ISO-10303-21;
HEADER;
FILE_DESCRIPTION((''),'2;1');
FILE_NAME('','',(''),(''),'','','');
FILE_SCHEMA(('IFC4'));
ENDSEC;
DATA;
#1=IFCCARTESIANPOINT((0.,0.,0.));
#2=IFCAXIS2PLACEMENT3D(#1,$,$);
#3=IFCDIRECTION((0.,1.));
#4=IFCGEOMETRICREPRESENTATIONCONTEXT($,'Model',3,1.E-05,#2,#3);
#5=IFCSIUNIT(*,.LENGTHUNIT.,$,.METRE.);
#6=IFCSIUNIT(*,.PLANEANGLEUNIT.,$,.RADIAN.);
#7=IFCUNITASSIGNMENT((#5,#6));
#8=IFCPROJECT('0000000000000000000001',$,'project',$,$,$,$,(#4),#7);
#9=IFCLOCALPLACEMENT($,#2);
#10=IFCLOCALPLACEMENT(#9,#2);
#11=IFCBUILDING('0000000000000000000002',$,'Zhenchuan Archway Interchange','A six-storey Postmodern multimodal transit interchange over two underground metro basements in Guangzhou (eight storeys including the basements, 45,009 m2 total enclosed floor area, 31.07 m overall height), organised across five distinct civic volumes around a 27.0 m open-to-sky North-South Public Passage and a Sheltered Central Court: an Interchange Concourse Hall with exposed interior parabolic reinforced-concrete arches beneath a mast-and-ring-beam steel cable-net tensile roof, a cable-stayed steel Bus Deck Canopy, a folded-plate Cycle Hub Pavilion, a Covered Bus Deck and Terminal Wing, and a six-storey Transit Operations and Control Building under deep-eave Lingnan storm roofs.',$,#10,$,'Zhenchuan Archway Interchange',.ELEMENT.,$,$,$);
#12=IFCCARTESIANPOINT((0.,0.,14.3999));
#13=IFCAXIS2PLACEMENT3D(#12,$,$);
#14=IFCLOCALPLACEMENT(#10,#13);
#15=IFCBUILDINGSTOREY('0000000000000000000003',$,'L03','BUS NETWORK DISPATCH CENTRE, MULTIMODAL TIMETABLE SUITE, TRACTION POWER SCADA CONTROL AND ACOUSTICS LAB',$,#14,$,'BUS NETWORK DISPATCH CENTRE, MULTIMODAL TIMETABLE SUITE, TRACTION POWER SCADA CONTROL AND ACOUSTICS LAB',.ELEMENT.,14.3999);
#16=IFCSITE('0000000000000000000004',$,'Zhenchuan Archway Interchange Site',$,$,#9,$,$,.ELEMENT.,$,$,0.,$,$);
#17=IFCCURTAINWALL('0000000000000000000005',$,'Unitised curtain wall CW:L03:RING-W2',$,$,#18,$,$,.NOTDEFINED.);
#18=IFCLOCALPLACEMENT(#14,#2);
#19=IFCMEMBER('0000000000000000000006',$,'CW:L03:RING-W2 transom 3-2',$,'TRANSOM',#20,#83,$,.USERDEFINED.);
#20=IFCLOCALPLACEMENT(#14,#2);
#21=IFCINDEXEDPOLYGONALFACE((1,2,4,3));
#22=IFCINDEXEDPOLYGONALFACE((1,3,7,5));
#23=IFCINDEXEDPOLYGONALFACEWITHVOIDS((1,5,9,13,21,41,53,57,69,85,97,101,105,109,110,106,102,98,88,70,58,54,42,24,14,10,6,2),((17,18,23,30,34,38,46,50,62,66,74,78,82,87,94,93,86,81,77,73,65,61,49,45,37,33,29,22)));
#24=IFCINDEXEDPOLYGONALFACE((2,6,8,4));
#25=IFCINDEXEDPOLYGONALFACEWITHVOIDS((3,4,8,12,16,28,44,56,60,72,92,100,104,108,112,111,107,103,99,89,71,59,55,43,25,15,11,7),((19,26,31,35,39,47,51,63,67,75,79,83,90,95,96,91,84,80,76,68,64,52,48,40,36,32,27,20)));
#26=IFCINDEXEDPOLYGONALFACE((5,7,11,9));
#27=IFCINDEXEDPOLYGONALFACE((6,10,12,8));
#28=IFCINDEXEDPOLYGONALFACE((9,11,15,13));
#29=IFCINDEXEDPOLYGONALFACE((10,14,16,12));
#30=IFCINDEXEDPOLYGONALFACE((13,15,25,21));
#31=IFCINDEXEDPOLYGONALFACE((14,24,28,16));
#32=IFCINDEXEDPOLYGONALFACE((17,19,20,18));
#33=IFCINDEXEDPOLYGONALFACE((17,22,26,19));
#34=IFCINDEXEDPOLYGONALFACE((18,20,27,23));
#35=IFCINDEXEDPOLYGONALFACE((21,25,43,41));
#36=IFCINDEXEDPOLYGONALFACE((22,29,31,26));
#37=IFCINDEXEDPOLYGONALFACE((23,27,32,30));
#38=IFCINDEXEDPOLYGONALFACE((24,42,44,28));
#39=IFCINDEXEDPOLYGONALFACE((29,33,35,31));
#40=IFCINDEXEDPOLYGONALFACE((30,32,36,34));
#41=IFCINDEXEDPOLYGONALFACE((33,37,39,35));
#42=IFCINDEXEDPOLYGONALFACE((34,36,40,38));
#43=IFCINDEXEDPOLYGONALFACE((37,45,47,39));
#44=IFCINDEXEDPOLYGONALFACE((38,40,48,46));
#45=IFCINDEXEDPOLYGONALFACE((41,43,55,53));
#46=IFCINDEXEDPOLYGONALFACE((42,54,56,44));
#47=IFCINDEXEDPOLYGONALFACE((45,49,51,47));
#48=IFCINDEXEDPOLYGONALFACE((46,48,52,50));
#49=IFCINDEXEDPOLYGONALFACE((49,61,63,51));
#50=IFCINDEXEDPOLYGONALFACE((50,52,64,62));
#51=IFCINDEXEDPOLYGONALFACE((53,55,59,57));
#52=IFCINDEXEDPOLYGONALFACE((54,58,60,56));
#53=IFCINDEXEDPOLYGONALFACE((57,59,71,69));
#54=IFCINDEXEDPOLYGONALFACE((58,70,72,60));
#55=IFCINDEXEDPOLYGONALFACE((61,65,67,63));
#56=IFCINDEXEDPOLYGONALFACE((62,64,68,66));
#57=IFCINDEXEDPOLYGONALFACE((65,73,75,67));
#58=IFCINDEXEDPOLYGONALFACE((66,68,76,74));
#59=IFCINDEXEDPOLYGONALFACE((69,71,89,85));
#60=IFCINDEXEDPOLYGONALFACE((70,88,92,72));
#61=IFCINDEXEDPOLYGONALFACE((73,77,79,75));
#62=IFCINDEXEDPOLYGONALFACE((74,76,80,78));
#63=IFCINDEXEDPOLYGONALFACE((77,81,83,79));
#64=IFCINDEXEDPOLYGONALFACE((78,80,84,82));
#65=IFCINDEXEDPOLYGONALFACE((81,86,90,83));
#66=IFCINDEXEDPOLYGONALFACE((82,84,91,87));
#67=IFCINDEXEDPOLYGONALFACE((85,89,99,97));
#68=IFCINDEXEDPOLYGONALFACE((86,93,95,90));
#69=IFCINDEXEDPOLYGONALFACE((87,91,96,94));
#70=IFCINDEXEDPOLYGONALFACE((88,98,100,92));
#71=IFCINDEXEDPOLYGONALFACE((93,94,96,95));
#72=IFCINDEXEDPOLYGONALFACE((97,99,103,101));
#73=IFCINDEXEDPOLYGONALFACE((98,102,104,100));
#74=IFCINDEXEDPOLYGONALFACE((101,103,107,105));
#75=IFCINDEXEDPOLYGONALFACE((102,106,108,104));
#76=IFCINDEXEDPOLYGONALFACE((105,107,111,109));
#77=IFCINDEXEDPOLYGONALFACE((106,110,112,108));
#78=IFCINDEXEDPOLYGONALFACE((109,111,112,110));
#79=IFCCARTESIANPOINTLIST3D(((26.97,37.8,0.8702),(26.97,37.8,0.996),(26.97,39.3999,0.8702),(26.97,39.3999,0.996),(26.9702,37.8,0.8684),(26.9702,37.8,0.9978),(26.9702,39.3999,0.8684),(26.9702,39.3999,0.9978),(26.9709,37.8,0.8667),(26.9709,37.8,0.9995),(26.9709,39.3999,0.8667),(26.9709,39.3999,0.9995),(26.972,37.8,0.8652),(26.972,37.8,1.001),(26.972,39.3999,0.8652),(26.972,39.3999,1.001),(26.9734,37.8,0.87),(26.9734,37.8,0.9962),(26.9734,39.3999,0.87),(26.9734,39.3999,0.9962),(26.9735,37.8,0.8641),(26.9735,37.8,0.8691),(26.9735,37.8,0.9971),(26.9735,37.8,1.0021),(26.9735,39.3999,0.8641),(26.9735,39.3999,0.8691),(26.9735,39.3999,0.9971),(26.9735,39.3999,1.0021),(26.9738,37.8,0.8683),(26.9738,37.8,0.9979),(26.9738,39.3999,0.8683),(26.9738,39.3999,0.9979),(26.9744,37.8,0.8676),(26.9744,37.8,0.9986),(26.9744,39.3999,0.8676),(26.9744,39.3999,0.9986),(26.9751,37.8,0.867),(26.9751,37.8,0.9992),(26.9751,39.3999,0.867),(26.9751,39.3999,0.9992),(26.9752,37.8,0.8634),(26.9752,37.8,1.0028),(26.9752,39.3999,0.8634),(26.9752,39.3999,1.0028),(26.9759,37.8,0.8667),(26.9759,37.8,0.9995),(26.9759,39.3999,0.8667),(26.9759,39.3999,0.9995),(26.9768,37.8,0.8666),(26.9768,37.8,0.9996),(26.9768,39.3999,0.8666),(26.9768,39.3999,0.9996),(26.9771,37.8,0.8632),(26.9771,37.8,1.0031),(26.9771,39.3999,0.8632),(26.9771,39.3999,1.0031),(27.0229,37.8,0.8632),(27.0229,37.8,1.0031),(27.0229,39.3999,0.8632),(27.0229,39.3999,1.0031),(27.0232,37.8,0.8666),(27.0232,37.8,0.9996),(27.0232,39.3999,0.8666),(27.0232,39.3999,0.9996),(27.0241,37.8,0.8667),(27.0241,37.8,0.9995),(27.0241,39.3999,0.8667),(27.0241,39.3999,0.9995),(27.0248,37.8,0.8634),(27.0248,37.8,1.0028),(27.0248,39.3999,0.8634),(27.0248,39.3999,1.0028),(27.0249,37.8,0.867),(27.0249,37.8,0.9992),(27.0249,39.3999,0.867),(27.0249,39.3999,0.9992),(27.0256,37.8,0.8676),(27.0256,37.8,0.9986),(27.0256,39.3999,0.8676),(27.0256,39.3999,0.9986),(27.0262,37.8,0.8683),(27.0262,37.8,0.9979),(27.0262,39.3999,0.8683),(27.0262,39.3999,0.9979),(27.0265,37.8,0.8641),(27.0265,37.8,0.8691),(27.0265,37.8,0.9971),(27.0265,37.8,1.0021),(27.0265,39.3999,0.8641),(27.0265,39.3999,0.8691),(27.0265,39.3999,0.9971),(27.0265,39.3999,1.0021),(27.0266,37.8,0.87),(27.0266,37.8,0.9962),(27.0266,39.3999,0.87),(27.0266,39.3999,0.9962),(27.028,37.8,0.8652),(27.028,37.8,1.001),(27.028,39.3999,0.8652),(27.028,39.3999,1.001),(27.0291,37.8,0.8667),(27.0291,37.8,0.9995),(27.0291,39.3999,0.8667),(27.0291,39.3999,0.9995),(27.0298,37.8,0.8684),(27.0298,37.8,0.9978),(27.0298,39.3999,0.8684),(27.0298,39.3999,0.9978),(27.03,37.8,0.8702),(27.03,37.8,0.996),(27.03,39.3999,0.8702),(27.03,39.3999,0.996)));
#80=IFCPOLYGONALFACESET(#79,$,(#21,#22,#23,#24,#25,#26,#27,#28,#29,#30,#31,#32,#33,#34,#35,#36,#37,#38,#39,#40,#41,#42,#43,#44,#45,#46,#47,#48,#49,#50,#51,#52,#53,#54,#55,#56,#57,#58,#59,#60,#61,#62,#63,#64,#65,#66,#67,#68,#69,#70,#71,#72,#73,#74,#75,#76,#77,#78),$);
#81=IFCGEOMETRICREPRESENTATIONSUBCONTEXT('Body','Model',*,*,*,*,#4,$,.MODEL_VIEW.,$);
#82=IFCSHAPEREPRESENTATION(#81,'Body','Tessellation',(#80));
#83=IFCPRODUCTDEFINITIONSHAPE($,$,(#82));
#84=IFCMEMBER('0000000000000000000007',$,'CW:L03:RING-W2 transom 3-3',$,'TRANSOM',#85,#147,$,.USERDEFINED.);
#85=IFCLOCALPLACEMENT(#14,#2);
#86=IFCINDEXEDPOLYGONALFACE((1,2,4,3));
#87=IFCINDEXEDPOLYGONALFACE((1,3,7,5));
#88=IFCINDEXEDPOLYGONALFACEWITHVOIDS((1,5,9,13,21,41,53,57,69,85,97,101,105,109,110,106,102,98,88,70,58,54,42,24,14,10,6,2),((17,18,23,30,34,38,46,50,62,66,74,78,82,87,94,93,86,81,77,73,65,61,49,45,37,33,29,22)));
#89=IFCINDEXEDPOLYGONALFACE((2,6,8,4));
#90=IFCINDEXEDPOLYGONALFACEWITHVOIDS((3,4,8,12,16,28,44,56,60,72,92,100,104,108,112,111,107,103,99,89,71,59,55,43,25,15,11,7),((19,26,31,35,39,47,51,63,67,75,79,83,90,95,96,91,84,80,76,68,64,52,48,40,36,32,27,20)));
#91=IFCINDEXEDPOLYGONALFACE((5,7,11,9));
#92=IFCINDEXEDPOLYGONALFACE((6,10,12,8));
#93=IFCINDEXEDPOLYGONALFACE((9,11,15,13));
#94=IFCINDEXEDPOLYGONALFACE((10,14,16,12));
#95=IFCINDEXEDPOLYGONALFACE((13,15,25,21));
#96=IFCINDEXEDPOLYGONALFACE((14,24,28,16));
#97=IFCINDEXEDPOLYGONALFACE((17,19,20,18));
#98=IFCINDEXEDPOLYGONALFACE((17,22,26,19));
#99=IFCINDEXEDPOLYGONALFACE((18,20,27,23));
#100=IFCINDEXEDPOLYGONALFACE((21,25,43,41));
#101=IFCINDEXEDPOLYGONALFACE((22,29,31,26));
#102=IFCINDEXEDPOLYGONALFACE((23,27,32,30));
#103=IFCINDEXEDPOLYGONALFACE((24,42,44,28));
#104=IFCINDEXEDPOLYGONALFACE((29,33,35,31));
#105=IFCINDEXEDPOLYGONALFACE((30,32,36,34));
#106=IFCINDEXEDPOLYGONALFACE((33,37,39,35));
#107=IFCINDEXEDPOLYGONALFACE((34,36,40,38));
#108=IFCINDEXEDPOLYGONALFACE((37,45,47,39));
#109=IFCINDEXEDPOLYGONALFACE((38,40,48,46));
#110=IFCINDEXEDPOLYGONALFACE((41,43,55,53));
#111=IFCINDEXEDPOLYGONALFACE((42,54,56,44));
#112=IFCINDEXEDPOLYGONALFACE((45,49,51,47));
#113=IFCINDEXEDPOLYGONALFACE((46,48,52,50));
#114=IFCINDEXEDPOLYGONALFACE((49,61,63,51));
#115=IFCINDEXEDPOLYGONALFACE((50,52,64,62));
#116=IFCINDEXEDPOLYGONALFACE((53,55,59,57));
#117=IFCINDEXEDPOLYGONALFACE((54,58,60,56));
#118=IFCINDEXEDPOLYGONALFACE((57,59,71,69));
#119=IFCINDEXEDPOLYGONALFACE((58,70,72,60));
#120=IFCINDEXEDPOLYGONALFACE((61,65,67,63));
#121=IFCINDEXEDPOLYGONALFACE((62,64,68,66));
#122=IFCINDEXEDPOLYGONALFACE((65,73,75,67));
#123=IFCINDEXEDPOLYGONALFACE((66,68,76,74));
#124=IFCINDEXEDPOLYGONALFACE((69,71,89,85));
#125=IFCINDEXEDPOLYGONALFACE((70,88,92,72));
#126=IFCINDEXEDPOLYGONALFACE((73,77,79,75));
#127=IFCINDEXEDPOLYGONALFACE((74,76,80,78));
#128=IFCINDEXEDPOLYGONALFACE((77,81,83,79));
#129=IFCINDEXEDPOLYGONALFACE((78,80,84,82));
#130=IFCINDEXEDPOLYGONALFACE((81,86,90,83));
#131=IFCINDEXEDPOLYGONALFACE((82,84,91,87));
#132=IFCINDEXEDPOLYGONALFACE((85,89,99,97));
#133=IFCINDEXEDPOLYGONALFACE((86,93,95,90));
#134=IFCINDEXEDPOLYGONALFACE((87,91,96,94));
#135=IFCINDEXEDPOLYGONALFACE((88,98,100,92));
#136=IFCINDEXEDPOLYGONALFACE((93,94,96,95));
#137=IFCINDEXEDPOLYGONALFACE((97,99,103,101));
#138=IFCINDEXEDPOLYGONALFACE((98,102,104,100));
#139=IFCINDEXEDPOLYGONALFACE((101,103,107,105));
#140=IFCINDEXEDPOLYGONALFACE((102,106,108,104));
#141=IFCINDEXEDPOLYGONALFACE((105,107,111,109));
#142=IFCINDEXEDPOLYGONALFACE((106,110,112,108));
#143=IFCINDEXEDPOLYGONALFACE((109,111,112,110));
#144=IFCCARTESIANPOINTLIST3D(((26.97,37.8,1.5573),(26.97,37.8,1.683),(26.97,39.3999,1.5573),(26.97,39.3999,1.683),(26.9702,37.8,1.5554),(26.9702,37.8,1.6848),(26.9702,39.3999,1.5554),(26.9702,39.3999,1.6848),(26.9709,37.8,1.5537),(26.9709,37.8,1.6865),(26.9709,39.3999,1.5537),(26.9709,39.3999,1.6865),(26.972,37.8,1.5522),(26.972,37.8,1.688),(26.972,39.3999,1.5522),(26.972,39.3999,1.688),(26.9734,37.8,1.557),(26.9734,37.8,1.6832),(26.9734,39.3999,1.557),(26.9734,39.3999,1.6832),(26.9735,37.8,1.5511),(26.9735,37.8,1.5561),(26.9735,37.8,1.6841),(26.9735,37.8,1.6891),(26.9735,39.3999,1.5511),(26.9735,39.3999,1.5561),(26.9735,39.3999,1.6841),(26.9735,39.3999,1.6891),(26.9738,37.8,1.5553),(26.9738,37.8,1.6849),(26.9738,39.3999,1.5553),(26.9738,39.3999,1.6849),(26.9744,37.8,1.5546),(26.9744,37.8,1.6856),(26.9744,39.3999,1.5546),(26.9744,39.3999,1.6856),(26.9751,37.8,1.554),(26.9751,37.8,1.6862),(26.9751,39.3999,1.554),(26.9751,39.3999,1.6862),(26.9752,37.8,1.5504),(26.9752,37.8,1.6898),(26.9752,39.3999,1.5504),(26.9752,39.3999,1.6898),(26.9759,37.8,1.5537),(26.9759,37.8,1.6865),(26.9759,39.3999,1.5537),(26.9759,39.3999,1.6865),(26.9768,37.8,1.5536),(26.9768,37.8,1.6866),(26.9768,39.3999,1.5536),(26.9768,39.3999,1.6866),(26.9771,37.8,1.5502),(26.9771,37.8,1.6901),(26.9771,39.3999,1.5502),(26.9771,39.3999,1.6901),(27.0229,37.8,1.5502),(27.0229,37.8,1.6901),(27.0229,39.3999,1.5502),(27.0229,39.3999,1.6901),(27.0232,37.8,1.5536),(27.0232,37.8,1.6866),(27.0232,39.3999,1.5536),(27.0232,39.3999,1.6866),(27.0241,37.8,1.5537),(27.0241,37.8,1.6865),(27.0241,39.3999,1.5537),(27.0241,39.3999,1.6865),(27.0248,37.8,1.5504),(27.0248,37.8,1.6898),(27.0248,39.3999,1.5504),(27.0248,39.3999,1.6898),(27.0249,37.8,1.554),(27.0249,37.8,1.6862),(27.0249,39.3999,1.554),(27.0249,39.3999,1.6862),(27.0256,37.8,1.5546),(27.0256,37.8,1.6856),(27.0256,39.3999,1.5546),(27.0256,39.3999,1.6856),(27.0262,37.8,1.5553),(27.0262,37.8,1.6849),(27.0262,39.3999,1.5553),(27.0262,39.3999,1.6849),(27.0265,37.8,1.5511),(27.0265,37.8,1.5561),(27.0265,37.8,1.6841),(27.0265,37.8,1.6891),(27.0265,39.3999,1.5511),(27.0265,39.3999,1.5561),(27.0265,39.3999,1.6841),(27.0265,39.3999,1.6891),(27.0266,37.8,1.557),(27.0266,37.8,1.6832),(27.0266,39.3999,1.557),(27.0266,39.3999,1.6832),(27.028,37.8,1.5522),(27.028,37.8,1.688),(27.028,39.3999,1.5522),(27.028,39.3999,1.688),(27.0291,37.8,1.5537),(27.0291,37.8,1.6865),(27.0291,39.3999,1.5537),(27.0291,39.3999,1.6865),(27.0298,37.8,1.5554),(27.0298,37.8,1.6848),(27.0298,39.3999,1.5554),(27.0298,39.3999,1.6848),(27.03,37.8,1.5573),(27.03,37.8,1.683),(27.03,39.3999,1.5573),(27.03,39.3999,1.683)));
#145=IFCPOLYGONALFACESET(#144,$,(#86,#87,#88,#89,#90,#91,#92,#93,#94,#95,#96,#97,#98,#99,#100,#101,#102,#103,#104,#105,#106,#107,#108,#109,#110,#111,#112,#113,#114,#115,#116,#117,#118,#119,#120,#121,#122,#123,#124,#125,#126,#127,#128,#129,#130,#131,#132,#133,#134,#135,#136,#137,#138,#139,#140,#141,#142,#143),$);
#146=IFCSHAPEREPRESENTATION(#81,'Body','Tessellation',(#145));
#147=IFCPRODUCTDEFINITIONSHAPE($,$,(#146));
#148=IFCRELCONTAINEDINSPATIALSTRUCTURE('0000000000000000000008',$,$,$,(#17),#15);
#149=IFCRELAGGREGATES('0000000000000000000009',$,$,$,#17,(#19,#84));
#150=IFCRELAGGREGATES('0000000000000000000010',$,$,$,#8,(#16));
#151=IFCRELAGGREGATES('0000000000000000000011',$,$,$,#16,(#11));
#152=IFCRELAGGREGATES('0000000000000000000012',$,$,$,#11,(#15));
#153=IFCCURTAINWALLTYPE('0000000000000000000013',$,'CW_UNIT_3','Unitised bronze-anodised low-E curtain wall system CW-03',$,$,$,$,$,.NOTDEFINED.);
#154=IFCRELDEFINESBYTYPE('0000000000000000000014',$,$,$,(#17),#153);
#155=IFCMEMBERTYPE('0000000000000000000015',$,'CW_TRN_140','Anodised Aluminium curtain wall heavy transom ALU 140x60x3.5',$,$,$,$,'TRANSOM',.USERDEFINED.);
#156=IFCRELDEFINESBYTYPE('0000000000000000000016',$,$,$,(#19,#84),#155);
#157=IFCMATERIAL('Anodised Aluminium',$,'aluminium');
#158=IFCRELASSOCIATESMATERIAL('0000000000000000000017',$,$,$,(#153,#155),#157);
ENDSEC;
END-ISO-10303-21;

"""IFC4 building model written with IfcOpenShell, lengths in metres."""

from ifc_helpers import new_model, si_unit, direction, frame, origin, origin_2d, place, context, subcontext, project, spatial, hollow_rectangle, extrude, material, material_profile, profile_set, type_object, element, aggregate, save


model = new_model("IFC4")

# Units and contexts
model_context = context("Model", 3, precision=1e-05, world=origin(), true_north=direction((0.0, 1.0)))
body_context = subcontext(model_context, "Body", "Model", "MODEL_VIEW")
ifc_project = project(units=[si_unit("LENGTHUNIT", "METRE"), si_unit("PLANEANGLEUNIT", "RADIAN")], contexts=[model_context])

# Site, building, storey
site_placement = place(None, origin())
site = spatial("IfcSite", under=ifc_project, at=site_placement, Name="Zhenchuan Archway Interchange Site", CompositionType="ELEMENT", RefElevation=0.0)
building_placement = place(site_placement, origin())
building = spatial("IfcBuilding", under=site, at=building_placement, Name="Zhenchuan Archway Interchange", Description="A six-storey Postmodern multimodal transit interchange over two underground metro basements in Guangzhou (eight storeys including the basements, 45,009 m2 total enclosed floor area, 31.07 m overall height), organised across five distinct civic volumes around a 27.0 m open-to-sky North-South Public Passage and a Sheltered Central Court: an Interchange Concourse Hall with exposed interior parabolic reinforced-concrete arches beneath a mast-and-ring-beam steel cable-net tensile roof, a cable-stayed steel Bus Deck Canopy, a folded-plate Cycle Hub Pavilion, a Covered Bus Deck and Terminal Wing, and a six-storey Transit Operations and Control Building under deep-eave Lingnan storm roofs.", LongName="Zhenchuan Archway Interchange", CompositionType="ELEMENT")
storey_placement = place(building_placement, frame((0.0, 0.0, 14.3999)))
storey = spatial("IfcBuildingStorey", under=building, at=storey_placement, Name="L03", Description="BUS NETWORK DISPATCH CENTRE, MULTIMODAL TIMETABLE SUITE, TRACTION POWER SCADA CONTROL AND ACOUSTICS LAB", LongName="BUS NETWORK DISPATCH CENTRE, MULTIMODAL TIMETABLE SUITE, TRACTION POWER SCADA CONTROL AND ACOUSTICS LAB", CompositionType="ELEMENT", Elevation=14.3999)

# Curtain wall
ifc_material_1 = material(Name="Anodised Aluminium", Category="aluminium")
curtain_wall_type = type_object("IfcCurtainWallType", Name="CW_UNIT_3", Description="Unitised bronze-anodised low-E curtain wall system CW-03", PredefinedType="NOTDEFINED", material=ifc_material_1)
curtain_wall_1_placement = place(storey_placement, origin())
curtain_wall_1 = element("IfcCurtainWall", 1, at=curtain_wall_1_placement, inside=storey, type_object=curtain_wall_type, Name="Unitised curtain wall CW:L03:RING-W2", PredefinedType="NOTDEFINED")

# Members
ifc_material_profile_1 = material_profile(ifc_material_1, hollow_rectangle(XDim=0.0601, YDim=0.1399, WallThickness=0.0034, InnerFilletRadius=0.0034, OuterFilletRadius=0.0071, at=origin_2d()), Name="ALU 140x60x3.5")
ifc_profile_set_1 = profile_set([ifc_material_profile_1], Name="Anodised Aluminium")
member_type_1 = type_object("IfcMemberType", Name="CW_TRN_140", Description="Anodised Aluminium curtain wall heavy transom ALU 140x60x3.5", ElementType="TRANSOM", PredefinedType="USERDEFINED", material=ifc_profile_set_1)
member_1_placement = place(storey_placement, frame((27.0, 37.8, 0.9331), z_axis=(0.0, 1.0, 0.0), x_axis=(-1.0, 0.0, 0.0)))
member_1 = element("IfcMember", 2, at=member_1_placement, type_object=member_type_1, Name="CW:L03:RING-W2 transom 3-2", ObjectType="TRANSOM", PredefinedType="USERDEFINED", context=body_context, shape_type="SweptSolid", body=[
    extrude(hollow_rectangle(XDim=0.0601, YDim=0.1399, WallThickness=0.0034, InnerFilletRadius=0.0034, OuterFilletRadius=0.0071, at=origin_2d()), origin(), (0.0, 0.0, 1.0), 1.5999),
])
member_2_placement = place(storey_placement, frame((27.0, 37.8, 1.6201), z_axis=(0.0, 1.0, 0.0), x_axis=(-1.0, 0.0, 0.0)))
member_2 = element("IfcMember", 3, at=member_2_placement, type_object=member_type_1, Name="CW:L03:RING-W2 transom 3-3", ObjectType="TRANSOM", PredefinedType="USERDEFINED", context=body_context, shape_type="SweptSolid", body=[
    extrude(hollow_rectangle(XDim=0.0601, YDim=0.1399, WallThickness=0.0034, InnerFilletRadius=0.0034, OuterFilletRadius=0.0071, at=origin_2d()), origin(), (0.0, 0.0, 1.0), 1.5999),
])

aggregate(curtain_wall_1, [member_1, member_2])

save(model, "model.ifc")
